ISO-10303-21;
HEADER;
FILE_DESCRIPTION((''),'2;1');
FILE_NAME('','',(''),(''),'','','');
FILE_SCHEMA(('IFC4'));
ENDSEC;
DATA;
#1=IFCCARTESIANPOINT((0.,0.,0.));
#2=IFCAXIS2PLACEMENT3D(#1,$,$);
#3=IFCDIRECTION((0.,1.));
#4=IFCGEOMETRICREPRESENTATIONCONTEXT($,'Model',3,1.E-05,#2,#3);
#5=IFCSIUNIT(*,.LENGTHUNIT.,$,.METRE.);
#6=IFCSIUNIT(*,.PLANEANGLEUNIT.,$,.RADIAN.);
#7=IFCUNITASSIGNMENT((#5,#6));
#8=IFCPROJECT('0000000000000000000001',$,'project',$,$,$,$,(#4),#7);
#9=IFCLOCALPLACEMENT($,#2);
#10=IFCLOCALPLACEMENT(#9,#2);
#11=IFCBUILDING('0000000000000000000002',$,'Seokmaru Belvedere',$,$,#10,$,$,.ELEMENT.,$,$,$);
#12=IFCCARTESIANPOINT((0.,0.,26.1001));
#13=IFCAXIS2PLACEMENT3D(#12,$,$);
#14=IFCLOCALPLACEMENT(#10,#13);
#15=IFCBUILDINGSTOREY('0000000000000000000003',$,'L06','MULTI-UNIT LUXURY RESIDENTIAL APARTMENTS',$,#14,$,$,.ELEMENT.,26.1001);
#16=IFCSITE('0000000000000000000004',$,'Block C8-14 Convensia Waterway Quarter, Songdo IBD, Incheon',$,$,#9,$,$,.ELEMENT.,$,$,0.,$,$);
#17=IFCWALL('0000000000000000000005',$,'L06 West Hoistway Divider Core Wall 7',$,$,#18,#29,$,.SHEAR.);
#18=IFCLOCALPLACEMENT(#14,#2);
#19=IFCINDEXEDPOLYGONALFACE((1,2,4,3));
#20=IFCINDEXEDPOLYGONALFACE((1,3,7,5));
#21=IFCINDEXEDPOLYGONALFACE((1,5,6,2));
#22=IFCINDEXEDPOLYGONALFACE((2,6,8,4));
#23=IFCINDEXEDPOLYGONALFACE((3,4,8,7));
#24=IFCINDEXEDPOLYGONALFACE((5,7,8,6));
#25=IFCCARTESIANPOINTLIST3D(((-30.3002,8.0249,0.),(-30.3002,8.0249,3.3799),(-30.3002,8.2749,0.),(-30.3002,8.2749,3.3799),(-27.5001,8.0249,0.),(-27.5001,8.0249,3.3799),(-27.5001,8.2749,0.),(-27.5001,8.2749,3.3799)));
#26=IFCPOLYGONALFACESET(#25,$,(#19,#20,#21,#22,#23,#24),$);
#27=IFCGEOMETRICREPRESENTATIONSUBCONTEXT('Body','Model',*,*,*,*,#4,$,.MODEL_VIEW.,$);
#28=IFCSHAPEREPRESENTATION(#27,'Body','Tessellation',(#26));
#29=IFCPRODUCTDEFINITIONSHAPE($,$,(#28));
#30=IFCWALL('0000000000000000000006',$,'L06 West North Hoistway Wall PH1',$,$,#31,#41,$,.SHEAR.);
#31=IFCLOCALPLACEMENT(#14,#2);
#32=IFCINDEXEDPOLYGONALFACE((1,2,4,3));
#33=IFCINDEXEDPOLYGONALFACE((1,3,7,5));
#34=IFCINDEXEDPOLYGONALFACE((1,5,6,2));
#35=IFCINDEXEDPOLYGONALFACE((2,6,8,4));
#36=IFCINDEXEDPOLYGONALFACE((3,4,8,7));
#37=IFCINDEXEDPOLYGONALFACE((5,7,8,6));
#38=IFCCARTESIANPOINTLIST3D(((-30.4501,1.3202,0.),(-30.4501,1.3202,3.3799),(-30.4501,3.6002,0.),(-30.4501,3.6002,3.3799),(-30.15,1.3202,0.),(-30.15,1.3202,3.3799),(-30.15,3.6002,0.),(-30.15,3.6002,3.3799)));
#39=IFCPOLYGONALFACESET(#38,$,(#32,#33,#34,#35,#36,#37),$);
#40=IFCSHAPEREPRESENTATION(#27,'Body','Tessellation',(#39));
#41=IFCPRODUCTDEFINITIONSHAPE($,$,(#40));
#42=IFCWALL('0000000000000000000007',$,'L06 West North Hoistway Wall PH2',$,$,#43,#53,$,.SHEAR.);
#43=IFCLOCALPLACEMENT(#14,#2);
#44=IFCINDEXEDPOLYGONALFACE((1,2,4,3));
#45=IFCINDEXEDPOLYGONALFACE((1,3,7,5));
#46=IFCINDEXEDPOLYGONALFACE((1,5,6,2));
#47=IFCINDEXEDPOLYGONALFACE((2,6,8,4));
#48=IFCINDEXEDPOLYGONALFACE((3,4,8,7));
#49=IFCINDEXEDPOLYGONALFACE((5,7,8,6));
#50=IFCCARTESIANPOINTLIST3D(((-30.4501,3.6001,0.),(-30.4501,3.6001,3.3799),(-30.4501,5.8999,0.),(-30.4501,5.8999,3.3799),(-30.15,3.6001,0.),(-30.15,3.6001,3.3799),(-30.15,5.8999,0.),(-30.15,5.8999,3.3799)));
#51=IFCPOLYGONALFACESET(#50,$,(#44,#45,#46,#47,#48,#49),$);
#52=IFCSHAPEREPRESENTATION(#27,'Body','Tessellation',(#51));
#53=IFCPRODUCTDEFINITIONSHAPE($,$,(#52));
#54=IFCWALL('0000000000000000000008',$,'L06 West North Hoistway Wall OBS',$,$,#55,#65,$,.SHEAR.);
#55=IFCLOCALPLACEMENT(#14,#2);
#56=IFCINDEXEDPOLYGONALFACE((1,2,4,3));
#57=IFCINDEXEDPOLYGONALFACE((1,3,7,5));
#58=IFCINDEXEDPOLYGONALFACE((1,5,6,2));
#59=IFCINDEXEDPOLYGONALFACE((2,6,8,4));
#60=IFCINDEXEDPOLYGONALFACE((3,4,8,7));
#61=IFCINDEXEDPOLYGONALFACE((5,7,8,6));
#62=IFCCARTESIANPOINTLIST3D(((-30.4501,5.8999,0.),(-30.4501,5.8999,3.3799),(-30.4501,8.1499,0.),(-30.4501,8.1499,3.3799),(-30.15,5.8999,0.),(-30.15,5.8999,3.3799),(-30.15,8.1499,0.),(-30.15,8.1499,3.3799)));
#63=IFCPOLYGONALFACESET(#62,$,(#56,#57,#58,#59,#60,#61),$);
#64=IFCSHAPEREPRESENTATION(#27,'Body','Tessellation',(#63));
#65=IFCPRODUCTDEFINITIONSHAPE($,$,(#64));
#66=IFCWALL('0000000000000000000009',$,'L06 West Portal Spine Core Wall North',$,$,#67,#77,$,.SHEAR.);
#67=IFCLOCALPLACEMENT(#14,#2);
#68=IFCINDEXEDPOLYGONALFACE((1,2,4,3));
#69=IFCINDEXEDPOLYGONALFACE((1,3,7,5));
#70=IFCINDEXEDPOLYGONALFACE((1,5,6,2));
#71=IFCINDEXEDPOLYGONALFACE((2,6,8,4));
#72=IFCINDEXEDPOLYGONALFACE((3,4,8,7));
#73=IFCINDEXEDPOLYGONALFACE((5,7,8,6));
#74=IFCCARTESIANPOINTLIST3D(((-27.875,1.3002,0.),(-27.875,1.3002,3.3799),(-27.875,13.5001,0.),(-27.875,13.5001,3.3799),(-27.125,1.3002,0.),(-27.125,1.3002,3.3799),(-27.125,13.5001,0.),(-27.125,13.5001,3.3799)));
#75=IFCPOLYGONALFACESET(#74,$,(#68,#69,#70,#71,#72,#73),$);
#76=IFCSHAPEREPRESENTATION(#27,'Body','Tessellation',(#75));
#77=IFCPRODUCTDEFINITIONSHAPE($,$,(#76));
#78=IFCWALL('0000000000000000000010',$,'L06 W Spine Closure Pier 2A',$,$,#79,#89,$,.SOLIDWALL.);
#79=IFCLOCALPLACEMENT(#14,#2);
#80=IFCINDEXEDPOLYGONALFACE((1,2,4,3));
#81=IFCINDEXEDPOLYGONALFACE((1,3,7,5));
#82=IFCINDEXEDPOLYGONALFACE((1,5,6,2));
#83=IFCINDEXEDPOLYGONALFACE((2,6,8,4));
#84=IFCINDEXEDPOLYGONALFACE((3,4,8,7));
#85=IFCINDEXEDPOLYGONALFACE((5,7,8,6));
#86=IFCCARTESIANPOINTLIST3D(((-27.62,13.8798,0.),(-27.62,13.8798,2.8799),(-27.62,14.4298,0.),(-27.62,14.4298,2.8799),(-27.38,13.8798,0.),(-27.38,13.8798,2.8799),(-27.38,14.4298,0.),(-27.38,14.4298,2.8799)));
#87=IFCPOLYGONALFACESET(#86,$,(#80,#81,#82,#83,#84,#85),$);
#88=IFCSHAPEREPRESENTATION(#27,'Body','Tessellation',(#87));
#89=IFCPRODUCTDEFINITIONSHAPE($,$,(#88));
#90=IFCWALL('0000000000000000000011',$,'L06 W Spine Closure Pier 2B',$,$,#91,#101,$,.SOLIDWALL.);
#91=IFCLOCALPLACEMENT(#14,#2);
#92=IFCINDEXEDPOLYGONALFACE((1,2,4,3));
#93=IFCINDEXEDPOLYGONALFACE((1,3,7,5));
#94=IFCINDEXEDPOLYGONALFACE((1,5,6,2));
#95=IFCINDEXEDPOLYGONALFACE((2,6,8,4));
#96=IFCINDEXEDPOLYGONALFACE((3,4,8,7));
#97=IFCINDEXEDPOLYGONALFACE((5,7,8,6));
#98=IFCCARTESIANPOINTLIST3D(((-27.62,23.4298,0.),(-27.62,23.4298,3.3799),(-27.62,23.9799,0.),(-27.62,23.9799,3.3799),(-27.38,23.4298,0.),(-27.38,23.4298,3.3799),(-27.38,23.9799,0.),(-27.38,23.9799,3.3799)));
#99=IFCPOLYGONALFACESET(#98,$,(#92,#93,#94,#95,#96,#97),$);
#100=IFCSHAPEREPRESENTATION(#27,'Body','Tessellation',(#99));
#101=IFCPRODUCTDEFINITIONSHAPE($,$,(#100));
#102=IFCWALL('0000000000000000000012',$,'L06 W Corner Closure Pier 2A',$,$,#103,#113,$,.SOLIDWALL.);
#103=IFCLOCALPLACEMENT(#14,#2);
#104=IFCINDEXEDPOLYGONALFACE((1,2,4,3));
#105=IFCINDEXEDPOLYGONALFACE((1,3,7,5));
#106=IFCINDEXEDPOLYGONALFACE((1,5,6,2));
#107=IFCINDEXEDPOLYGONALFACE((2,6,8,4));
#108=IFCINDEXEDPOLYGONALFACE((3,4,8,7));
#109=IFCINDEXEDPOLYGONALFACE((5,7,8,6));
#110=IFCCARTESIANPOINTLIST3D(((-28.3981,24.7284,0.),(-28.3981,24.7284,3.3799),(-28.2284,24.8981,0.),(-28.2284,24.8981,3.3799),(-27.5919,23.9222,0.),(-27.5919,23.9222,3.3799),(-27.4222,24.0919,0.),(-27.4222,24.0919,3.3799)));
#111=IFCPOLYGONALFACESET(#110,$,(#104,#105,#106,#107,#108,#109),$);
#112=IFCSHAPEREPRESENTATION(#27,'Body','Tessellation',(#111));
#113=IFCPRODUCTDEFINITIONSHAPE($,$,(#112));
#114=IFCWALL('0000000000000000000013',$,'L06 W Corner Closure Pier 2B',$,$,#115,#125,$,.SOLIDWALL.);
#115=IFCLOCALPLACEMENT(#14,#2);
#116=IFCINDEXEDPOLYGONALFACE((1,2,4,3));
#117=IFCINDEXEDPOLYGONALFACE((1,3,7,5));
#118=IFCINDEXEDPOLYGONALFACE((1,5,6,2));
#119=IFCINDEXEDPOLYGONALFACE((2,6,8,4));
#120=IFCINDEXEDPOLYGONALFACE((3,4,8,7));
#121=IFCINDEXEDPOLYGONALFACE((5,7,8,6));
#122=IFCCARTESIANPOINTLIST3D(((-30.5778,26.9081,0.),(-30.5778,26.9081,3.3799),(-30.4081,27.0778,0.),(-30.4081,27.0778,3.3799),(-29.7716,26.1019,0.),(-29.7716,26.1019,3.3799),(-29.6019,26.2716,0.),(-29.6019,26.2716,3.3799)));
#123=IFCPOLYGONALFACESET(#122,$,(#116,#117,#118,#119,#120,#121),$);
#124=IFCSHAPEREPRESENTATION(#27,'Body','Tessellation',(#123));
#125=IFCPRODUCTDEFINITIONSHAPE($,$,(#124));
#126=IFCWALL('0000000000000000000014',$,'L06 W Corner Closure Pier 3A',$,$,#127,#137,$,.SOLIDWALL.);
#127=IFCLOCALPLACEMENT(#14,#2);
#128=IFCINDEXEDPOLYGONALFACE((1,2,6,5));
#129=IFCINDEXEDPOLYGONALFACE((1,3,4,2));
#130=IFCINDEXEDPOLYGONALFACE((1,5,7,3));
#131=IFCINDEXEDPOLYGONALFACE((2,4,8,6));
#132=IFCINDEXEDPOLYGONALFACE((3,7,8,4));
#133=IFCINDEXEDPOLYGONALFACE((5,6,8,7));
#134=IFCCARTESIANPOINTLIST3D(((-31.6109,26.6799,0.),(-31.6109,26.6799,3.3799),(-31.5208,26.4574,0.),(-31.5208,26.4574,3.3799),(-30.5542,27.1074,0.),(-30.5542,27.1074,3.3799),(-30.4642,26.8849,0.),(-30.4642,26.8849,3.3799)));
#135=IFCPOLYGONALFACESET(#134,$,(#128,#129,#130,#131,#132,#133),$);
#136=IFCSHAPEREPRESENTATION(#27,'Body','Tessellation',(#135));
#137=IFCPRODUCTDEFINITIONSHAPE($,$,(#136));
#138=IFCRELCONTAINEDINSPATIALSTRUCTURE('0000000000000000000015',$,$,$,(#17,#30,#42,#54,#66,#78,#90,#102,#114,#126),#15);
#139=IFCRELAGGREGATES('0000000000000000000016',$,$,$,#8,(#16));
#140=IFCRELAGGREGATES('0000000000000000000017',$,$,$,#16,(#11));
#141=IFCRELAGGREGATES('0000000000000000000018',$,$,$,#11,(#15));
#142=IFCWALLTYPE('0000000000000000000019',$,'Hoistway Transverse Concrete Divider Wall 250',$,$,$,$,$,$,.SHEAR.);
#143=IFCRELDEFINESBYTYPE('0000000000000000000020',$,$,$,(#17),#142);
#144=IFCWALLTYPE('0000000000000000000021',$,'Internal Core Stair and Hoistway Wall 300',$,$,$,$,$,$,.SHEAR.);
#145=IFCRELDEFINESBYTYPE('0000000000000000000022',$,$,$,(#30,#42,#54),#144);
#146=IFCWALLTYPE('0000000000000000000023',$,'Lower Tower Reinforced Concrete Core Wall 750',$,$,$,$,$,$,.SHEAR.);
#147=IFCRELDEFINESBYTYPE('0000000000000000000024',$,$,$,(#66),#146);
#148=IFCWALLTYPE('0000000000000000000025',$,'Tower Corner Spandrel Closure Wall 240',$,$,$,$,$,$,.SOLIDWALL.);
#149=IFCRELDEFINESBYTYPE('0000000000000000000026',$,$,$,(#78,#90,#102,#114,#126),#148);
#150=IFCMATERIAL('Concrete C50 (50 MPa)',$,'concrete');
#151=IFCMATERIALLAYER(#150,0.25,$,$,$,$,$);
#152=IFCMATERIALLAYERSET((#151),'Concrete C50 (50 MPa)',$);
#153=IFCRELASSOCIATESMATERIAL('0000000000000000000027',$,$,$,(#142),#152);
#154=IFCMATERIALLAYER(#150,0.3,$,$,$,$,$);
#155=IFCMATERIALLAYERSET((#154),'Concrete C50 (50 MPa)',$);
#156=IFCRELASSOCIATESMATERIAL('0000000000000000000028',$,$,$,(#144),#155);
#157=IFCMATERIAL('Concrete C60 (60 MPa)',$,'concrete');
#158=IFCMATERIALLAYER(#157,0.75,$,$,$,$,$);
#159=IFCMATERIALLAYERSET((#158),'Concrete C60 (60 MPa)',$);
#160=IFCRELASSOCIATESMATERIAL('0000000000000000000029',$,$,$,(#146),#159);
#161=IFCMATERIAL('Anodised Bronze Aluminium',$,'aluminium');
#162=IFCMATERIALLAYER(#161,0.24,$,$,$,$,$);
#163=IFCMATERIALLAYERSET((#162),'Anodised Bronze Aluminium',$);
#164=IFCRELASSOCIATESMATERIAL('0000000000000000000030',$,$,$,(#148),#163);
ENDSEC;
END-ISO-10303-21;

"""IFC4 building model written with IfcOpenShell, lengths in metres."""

from ifc_helpers import new_model, si_unit, direction, frame, frame_2d, origin, place, context, subcontext, project, spatial, rectangle, extrude, material, layer, layer_set, type_object, element, save


model = new_model("IFC4")

# Units and contexts
model_context = context("Model", 3, precision=1e-05, world=origin(), true_north=direction((0.0, 1.0)))
body_context = subcontext(model_context, "Body", "Model", "MODEL_VIEW")
ifc_project = project(units=[si_unit("LENGTHUNIT", "METRE"), si_unit("PLANEANGLEUNIT", "RADIAN")], contexts=[model_context])

# Site, building, storey
site_placement = place(None, origin())
site = spatial("IfcSite", under=ifc_project, at=site_placement, Name="Block C8-14 Convensia Waterway Quarter, Songdo IBD, Incheon", CompositionType="ELEMENT", RefElevation=0.0)
building_placement = place(site_placement, origin())
building = spatial("IfcBuilding", under=site, at=building_placement, Name="Seokmaru Belvedere", CompositionType="ELEMENT")
storey_placement = place(building_placement, frame((0.0, 0.0, 26.1001)))
storey = spatial("IfcBuildingStorey", under=building, at=storey_placement, Name="L06", Description="MULTI-UNIT LUXURY RESIDENTIAL APARTMENTS", CompositionType="ELEMENT", Elevation=26.1001)

# Shared definitions
ifc_material_1 = material(Name="Anodised Bronze Aluminium", Category="aluminium")

# Walls
ifc_material_2 = material(Name="Concrete C50 (50 MPa)", Category="concrete")
ifc_layer_1 = layer(ifc_material_2, 0.25)
ifc_layer_set_1 = layer_set([ifc_layer_1], Name="Concrete C50 (50 MPa)")
wall_type_1 = type_object("IfcWallType", Name="Hoistway Transverse Concrete Divider Wall 250", PredefinedType="SHEAR", material=ifc_layer_set_1)
for number, where, z_axis, x_axis, name in (
    (1, (-30.3, 8.1499, 0.0), (0.0, 0.0, 1.0), (1.0, 0.0, 0.0), "L06 West Hoistway Divider Core Wall 7"),
):
    element("IfcWall", number, at=place(storey_placement, frame(where, z_axis=z_axis, x_axis=x_axis)), inside=storey, type_object=wall_type_1, Name=name, PredefinedType="SHEAR", context=body_context, shape_type="SweptSolid", body=[
        extrude(rectangle(XDim=2.8, YDim=0.25, at=frame_2d((1.3999, 0.0))), origin(), (0.0, 0.0, 1.0), 3.3799),
    ])
ifc_layer_2 = layer(ifc_material_2, 0.3)
ifc_layer_set_2 = layer_set([ifc_layer_2], Name="Concrete C50 (50 MPa)")
wall_type_2 = type_object("IfcWallType", Name="Internal Core Stair and Hoistway Wall 300", PredefinedType="SHEAR", material=ifc_layer_set_2)
wall_1_placement = place(storey_placement, frame((-30.3, 1.3201, 0.0), z_axis=(0.0, 0.0, 1.0), x_axis=(0.0, 1.0, 0.0)))
element("IfcWall", 2, at=wall_1_placement, inside=storey, type_object=wall_type_2, Name="L06 West North Hoistway Wall PH1", PredefinedType="SHEAR", context=body_context, shape_type="SweptSolid", body=[
    extrude(rectangle(XDim=2.28, YDim=0.3, at=frame_2d((1.1401, 0.0))), origin(), (0.0, 0.0, 1.0), 3.3799),
])
wall_2_placement = place(storey_placement, frame((-30.3, 3.6001, 0.0), z_axis=(0.0, 0.0, 1.0), x_axis=(0.0, 1.0, 0.0)))
element("IfcWall", 3, at=wall_2_placement, inside=storey, type_object=wall_type_2, Name="L06 West North Hoistway Wall PH2", PredefinedType="SHEAR", context=body_context, shape_type="SweptSolid", body=[
    extrude(rectangle(XDim=2.2998, YDim=0.3, at=frame_2d((1.1499, 0.0))), origin(), (0.0, 0.0, 1.0), 3.3799),
])
wall_3_placement = place(storey_placement, frame((-30.3, 5.8999, 0.0), z_axis=(0.0, 0.0, 1.0), x_axis=(0.0, 1.0, 0.0)))
element("IfcWall", 4, at=wall_3_placement, inside=storey, type_object=wall_type_2, Name="L06 West North Hoistway Wall OBS", PredefinedType="SHEAR", context=body_context, shape_type="SweptSolid", body=[
    extrude(rectangle(XDim=2.25, YDim=0.3, at=frame_2d((1.125, 0.0))), origin(), (0.0, 0.0, 1.0), 3.3799),
])

# Walls
ifc_material_3 = material(Name="Concrete C60 (60 MPa)", Category="concrete")
ifc_layer_3 = layer(ifc_material_3, 0.75)
ifc_layer_set_3 = layer_set([ifc_layer_3], Name="Concrete C60 (60 MPa)")
wall_type_3 = type_object("IfcWallType", Name="Lower Tower Reinforced Concrete Core Wall 750", PredefinedType="SHEAR", material=ifc_layer_set_3)
wall_4_placement = place(storey_placement, frame((-27.5, 1.3, 0.0), z_axis=(0.0, 0.0, 1.0), x_axis=(0.0, 1.0, 0.0)))
element("IfcWall", 5, at=wall_4_placement, inside=storey, type_object=wall_type_3, Name="L06 West Portal Spine Core Wall North", PredefinedType="SHEAR", context=body_context, shape_type="SweptSolid", body=[
    extrude(rectangle(XDim=12.2, YDim=0.75, at=frame_2d((6.1001, 0.0))), origin(), (0.0, 0.0, 1.0), 3.3799),
])
ifc_layer_4 = layer(ifc_material_1, 0.24)
ifc_layer_set_4 = layer_set([ifc_layer_4], Name="Anodised Bronze Aluminium")
wall_type_4 = type_object("IfcWallType", Name="Tower Corner Spandrel Closure Wall 240", PredefinedType="SOLIDWALL", material=ifc_layer_set_4)
wall_5_placement = place(storey_placement, frame((-27.5, 13.8799, 0.0), z_axis=(0.0, 0.0, 1.0), x_axis=(0.0, 1.0, 0.0)))
element("IfcWall", 6, at=wall_5_placement, inside=storey, type_object=wall_type_4, Name="L06 W Spine Closure Pier 2A", PredefinedType="SOLIDWALL", context=body_context, shape_type="SweptSolid", body=[
    extrude(rectangle(XDim=0.55, YDim=0.24, at=frame_2d((0.2749, 0.0))), origin(), (0.0, 0.0, 1.0), 2.8799),
])
wall_6_placement = place(storey_placement, frame((-27.5, 23.4299, 0.0), z_axis=(0.0, 0.0, 1.0), x_axis=(0.0, 1.0, 0.0)))
element("IfcWall", 7, at=wall_6_placement, inside=storey, type_object=wall_type_4, Name="L06 W Spine Closure Pier 2B", PredefinedType="SOLIDWALL", context=body_context, shape_type="SweptSolid", body=[
    extrude(rectangle(XDim=0.55, YDim=0.24, at=frame_2d((0.2749, 0.0))), origin(), (0.0, 0.0, 1.0), 3.3799),
])
for number, where, z_axis, x_axis, name in (
    (8, (-27.5071, 24.0071, 0.0), (0.0, 0.0, 1.0), (-0.707107, 0.707107, 0.0), "L06 W Corner Closure Pier 2A"),
    (9, (-29.6868, 26.1868, 0.0), (0.0, 0.0, 1.0), (-0.707107, 0.707107, 0.0), "L06 W Corner Closure Pier 2B"),
):
    element("IfcWall", number, at=place(storey_placement, frame(where, z_axis=z_axis, x_axis=x_axis)), inside=storey, type_object=wall_type_4, Name=name, PredefinedType="SOLIDWALL", context=body_context, shape_type="SweptSolid", body=[
        extrude(rectangle(XDim=1.1401, YDim=0.24, at=frame_2d((0.5701, 0.0))), origin(), (0.0, 0.0, 1.0), 3.3799),
    ])
wall_7_placement = place(storey_placement, frame((-30.5093, 26.9961, 0.0), z_axis=(0.0, 0.0, 1.0), x_axis=(-0.927007, -0.375044, 0.0)))
element("IfcWall", 10, at=wall_7_placement, inside=storey, type_object=wall_type_4, Name="L06 W Corner Closure Pier 3A", PredefinedType="SOLIDWALL", context=body_context, shape_type="SweptSolid", body=[
    extrude(rectangle(XDim=1.1399, YDim=0.24, at=frame_2d((0.5698, 0.0))), origin(), (0.0, 0.0, 1.0), 3.3799),
])

save(model, "model.ifc")
